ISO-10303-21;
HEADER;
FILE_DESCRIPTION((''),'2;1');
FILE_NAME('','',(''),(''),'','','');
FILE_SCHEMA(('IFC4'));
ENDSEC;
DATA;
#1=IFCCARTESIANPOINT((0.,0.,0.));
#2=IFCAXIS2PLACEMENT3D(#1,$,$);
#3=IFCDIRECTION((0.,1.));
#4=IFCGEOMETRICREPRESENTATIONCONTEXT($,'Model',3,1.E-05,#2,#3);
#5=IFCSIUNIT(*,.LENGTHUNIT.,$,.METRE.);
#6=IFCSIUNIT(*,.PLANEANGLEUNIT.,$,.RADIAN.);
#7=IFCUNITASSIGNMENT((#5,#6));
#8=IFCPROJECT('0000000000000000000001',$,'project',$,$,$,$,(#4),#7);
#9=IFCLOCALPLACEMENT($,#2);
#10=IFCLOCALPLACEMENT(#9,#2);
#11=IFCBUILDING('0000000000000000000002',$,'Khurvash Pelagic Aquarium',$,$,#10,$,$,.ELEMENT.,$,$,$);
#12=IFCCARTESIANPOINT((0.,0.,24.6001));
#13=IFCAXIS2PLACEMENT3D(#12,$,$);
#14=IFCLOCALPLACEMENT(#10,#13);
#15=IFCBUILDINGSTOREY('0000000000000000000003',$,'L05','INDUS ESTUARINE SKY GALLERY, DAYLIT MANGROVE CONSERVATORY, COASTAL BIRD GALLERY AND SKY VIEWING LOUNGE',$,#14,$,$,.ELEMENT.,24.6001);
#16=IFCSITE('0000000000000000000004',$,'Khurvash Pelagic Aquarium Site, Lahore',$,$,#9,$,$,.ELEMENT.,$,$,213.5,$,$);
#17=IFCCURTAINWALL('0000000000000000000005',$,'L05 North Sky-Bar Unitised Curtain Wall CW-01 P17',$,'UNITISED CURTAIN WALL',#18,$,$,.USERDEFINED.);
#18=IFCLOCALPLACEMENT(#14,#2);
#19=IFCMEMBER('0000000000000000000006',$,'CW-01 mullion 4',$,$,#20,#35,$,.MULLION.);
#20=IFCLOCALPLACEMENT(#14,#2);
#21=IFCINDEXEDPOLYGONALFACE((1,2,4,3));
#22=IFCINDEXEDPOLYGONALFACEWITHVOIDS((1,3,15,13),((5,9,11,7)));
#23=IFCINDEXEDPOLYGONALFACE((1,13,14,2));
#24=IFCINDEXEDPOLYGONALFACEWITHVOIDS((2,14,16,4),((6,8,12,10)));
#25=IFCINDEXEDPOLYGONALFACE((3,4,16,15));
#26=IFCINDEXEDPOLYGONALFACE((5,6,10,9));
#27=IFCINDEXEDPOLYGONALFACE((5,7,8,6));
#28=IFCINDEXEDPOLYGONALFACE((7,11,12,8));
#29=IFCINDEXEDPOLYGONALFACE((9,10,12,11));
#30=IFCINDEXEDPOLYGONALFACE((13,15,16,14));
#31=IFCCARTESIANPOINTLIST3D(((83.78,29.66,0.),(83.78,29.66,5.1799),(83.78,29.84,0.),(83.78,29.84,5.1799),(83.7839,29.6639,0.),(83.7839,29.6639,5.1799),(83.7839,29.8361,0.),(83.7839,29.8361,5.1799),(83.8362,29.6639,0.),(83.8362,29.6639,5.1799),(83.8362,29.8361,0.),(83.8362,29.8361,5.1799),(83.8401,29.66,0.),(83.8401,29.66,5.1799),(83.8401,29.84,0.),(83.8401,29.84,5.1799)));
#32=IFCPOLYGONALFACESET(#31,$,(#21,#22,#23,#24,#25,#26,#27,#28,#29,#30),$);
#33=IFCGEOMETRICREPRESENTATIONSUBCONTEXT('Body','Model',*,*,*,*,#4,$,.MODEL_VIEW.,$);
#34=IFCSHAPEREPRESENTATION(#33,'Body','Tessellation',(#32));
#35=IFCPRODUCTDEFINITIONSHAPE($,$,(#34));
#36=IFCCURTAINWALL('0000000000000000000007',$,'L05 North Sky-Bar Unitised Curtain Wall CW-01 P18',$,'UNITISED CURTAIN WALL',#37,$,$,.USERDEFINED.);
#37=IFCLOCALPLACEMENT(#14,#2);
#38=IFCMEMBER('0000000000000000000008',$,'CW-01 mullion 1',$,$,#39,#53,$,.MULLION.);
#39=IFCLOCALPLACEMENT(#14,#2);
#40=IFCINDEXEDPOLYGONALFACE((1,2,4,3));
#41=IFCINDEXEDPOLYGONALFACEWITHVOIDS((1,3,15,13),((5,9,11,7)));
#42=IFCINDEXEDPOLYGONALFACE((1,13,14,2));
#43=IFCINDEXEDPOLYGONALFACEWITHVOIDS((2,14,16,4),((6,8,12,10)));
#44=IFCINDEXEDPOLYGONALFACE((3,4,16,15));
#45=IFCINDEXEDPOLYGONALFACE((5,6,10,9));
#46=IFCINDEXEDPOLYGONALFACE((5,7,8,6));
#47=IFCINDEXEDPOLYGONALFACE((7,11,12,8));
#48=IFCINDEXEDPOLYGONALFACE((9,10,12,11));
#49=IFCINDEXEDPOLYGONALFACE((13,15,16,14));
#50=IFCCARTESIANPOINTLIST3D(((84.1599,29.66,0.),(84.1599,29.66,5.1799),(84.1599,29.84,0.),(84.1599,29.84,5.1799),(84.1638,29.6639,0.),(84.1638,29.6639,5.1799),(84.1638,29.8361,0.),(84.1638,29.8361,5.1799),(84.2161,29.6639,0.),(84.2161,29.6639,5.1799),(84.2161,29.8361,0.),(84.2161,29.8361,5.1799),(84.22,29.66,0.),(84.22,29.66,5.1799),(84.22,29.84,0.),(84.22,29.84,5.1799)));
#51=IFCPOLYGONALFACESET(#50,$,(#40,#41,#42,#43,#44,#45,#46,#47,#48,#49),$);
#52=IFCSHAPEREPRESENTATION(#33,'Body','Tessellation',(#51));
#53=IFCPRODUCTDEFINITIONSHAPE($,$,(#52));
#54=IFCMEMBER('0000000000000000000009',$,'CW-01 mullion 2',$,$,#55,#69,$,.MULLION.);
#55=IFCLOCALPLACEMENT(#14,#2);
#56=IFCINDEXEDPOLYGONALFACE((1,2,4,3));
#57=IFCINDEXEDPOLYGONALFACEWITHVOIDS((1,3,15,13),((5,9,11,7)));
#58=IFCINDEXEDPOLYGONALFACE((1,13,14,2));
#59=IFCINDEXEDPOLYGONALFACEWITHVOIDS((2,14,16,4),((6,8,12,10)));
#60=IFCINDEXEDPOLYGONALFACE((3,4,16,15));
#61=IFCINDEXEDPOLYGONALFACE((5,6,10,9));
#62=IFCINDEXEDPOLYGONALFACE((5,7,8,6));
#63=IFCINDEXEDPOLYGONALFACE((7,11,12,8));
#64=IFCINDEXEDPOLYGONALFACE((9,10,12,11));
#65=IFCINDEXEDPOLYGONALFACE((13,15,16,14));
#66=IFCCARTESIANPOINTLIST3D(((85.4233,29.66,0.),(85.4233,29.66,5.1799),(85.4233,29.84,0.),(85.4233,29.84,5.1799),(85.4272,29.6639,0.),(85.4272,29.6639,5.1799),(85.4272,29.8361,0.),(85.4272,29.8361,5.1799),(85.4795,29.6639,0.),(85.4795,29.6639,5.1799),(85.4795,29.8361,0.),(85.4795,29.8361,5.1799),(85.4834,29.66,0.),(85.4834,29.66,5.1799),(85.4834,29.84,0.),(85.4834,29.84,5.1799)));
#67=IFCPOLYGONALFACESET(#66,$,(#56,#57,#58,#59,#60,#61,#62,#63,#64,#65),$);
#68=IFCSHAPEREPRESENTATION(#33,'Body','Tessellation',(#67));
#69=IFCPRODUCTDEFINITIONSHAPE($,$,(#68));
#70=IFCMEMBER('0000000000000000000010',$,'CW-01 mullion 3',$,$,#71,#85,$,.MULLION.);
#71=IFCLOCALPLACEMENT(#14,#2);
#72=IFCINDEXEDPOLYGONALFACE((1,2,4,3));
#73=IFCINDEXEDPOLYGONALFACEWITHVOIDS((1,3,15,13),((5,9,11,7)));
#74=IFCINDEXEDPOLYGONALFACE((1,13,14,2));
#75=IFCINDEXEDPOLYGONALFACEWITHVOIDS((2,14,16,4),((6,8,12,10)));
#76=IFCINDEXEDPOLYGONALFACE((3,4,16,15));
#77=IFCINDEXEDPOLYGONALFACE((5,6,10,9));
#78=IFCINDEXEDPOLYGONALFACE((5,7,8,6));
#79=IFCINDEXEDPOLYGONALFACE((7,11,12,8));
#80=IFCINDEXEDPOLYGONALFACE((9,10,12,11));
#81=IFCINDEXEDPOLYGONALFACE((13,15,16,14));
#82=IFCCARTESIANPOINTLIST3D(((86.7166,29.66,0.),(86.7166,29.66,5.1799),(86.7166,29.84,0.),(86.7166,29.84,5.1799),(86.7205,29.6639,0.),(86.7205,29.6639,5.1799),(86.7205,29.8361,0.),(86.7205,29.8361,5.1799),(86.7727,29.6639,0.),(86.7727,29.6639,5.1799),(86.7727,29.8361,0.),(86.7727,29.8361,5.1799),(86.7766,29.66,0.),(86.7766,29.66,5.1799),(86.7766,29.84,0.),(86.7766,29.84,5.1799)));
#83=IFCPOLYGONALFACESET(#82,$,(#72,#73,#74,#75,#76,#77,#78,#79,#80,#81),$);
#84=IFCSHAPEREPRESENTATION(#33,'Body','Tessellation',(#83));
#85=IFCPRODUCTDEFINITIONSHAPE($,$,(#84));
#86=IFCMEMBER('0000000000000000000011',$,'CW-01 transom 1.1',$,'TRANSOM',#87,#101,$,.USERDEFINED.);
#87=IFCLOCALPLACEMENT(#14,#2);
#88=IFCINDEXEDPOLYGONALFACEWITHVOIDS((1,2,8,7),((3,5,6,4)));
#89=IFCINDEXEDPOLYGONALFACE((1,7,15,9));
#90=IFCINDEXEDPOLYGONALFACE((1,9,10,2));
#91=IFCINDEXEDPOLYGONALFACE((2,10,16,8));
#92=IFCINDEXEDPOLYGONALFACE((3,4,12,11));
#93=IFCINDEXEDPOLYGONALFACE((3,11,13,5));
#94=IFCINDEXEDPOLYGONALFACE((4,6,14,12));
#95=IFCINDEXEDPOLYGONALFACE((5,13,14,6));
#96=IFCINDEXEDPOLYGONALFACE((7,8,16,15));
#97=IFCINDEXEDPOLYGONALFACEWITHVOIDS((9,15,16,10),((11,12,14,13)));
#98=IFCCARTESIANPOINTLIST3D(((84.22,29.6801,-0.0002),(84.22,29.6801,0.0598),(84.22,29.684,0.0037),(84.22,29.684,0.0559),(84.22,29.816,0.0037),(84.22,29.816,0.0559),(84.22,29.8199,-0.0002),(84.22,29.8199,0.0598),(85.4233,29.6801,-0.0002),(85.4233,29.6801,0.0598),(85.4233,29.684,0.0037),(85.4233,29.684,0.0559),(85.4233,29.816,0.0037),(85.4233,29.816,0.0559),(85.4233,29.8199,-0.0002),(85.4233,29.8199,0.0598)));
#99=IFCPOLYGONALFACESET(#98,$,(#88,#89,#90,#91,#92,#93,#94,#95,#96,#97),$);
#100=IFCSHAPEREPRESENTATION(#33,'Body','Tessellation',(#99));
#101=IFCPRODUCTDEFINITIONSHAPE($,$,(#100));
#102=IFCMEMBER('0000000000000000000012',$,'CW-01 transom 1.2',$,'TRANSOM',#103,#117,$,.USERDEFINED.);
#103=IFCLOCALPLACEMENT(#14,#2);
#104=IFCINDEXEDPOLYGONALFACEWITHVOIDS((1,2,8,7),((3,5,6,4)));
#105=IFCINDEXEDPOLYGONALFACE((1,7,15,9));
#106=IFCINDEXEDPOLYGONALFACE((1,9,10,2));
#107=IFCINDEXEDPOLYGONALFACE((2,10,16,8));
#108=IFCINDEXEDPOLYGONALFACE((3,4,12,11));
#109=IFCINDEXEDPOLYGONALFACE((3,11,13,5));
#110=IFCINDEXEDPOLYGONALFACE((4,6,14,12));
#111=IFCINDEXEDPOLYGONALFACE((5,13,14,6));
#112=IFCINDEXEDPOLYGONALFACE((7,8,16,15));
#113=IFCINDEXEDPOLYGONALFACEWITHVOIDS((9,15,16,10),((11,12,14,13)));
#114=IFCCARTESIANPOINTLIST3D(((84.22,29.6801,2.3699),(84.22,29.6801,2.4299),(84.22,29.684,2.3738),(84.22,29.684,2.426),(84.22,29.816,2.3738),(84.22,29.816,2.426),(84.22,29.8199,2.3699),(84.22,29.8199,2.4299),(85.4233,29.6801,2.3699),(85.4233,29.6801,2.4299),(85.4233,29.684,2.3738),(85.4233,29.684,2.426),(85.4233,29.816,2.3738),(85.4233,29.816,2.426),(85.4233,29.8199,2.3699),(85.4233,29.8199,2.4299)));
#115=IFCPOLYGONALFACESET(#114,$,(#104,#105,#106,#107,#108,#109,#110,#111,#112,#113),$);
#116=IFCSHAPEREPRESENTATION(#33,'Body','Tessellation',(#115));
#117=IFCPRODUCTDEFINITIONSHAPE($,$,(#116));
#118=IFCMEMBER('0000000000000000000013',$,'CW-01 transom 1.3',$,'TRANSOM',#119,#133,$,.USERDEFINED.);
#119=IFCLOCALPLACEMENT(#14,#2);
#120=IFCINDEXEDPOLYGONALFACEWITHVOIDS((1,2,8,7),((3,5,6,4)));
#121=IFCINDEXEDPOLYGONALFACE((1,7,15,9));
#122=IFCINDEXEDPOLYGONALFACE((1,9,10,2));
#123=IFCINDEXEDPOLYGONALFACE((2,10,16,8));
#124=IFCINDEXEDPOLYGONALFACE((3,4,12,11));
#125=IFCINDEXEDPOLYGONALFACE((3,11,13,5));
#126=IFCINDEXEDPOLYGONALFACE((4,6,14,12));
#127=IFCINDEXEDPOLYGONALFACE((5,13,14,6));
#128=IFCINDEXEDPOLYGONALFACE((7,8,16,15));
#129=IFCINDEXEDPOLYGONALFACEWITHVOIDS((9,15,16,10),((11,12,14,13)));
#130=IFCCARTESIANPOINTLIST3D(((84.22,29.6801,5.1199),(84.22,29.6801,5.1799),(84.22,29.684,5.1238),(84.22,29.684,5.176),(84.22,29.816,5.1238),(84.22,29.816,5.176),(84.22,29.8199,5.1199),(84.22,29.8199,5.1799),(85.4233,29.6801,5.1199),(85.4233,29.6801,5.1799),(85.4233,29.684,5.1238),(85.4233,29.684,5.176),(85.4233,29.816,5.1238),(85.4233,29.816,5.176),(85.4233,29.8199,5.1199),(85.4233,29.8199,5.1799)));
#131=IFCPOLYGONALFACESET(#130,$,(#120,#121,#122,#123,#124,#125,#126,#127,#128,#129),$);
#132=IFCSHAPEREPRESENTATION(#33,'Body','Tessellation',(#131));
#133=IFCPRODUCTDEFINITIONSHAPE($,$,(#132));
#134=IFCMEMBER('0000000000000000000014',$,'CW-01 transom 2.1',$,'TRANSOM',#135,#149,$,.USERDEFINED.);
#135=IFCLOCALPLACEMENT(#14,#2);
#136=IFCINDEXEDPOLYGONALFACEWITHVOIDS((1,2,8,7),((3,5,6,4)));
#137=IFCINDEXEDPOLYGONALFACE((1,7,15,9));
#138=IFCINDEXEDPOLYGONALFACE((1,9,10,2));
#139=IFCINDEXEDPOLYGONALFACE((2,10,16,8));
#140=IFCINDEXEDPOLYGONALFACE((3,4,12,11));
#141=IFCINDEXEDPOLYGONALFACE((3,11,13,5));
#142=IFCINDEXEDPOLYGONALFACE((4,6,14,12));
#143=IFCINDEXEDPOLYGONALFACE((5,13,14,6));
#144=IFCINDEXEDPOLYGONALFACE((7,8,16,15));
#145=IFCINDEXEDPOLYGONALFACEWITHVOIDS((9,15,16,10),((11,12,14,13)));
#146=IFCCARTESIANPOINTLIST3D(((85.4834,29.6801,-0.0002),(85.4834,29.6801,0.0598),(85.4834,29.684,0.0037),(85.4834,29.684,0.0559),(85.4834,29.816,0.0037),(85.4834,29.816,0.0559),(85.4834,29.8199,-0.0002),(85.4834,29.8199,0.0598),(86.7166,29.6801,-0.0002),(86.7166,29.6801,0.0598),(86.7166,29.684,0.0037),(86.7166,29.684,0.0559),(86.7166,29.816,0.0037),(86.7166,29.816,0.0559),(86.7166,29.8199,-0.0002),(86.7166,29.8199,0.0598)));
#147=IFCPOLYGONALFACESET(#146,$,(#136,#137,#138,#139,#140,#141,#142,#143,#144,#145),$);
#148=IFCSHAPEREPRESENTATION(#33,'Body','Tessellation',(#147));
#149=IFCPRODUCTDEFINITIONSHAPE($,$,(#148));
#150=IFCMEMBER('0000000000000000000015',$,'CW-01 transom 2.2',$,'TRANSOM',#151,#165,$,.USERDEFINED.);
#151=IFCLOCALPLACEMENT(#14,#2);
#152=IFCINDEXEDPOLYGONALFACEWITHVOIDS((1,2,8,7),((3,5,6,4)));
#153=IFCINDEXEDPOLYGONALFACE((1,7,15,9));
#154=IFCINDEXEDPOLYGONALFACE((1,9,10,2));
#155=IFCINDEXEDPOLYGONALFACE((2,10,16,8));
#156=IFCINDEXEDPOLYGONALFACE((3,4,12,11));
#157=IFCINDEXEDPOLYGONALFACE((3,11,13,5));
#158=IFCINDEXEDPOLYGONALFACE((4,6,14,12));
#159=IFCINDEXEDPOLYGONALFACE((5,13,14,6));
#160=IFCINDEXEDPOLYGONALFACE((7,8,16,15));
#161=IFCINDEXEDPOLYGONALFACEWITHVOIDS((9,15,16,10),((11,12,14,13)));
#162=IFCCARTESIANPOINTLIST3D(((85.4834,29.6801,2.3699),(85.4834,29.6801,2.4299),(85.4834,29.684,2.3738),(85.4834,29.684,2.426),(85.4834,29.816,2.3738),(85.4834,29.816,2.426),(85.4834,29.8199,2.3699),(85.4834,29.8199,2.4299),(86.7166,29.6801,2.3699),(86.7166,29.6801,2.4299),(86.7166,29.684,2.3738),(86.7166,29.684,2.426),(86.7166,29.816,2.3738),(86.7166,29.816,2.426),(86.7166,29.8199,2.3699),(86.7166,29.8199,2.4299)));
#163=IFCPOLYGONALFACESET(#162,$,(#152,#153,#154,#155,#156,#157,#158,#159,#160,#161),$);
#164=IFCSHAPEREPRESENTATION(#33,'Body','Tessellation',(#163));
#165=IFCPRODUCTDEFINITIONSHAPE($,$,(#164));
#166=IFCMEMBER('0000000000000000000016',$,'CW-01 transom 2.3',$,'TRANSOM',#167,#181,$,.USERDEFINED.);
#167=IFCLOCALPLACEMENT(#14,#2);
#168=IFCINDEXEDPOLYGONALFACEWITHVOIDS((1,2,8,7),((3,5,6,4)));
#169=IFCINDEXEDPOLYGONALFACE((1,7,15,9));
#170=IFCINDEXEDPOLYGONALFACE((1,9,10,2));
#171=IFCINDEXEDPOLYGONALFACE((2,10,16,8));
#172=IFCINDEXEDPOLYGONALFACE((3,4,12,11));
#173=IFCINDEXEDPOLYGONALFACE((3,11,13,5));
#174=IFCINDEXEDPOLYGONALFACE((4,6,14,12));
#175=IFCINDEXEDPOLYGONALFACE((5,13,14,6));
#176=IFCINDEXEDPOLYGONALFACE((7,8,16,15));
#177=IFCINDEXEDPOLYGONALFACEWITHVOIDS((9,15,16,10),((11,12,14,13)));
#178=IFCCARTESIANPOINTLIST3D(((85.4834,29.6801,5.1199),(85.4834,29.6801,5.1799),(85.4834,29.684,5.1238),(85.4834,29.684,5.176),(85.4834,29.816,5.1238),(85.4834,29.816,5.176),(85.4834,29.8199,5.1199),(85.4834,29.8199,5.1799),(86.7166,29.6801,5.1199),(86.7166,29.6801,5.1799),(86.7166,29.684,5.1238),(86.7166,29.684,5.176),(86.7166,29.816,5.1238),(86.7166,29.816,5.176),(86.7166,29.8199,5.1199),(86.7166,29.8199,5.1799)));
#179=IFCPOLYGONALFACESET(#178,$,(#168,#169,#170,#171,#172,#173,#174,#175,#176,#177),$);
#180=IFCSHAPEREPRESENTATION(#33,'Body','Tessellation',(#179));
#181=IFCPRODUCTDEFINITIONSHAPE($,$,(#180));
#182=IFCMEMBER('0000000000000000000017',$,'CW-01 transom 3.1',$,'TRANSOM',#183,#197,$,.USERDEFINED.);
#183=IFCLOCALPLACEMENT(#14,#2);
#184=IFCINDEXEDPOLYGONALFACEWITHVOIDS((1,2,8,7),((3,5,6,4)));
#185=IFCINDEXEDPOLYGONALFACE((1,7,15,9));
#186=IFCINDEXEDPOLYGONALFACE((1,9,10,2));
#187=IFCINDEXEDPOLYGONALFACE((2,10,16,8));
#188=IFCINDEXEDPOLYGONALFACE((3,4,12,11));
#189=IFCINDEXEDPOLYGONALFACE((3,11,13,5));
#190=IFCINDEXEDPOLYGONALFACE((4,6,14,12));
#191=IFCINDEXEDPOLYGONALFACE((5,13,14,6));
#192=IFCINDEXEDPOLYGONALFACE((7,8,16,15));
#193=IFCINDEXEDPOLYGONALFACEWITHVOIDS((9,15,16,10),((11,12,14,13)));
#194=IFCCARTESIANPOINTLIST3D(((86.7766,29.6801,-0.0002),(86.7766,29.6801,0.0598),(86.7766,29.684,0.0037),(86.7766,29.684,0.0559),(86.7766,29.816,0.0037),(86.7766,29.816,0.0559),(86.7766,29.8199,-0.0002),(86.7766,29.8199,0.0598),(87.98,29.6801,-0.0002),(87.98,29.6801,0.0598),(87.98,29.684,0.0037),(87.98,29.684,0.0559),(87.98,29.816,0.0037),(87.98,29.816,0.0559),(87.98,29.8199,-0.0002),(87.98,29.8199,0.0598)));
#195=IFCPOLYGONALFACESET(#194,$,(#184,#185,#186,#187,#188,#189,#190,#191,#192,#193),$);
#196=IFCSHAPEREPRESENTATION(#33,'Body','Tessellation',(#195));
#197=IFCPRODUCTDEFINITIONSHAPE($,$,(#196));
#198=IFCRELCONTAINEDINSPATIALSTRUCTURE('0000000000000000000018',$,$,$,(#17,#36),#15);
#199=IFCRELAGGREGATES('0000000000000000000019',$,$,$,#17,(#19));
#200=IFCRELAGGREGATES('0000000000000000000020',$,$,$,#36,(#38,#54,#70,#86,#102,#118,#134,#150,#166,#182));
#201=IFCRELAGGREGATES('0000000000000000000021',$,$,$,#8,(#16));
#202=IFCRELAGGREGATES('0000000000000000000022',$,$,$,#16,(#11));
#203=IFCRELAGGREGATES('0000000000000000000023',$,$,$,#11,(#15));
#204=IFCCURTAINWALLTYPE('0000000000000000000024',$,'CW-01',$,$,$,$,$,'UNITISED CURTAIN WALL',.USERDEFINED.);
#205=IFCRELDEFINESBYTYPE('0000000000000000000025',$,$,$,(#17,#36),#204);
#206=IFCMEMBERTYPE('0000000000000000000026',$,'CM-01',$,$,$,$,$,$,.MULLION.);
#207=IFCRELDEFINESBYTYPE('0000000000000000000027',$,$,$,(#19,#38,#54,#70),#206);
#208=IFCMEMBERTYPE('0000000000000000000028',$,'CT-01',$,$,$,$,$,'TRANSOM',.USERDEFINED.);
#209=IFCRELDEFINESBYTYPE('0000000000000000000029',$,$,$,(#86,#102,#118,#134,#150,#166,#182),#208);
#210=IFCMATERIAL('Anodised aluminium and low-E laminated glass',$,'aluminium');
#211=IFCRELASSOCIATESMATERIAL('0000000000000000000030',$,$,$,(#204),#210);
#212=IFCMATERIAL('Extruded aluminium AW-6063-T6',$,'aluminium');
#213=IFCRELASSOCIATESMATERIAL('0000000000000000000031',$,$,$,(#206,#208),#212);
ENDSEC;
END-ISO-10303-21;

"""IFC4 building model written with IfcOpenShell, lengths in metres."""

from ifc_helpers import new_model, si_unit, direction, frame, origin, origin_2d, place, context, subcontext, project, spatial, hollow_rectangle, extrude, material, material_profile, profile_set, type_object, element, aggregate, save


model = new_model("IFC4")

# Units and contexts
model_context = context("Model", 3, precision=1e-05, world=origin(), true_north=direction((0.0, 1.0)))
body_context = subcontext(model_context, "Body", "Model", "MODEL_VIEW")
ifc_project = project(units=[si_unit("LENGTHUNIT", "METRE"), si_unit("PLANEANGLEUNIT", "RADIAN")], contexts=[model_context])

# Site, building, storey
site_placement = place(None, origin())
site = spatial("IfcSite", under=ifc_project, at=site_placement, Name="Khurvash Pelagic Aquarium Site, Lahore", CompositionType="ELEMENT", RefElevation=213.5)
building_placement = place(site_placement, origin())
building = spatial("IfcBuilding", under=site, at=building_placement, Name="Khurvash Pelagic Aquarium", CompositionType="ELEMENT")
storey_placement = place(building_placement, frame((0.0, 0.0, 24.6001)))
storey = spatial("IfcBuildingStorey", under=building, at=storey_placement, Name="L05", Description="INDUS ESTUARINE SKY GALLERY, DAYLIT MANGROVE CONSERVATORY, COASTAL BIRD GALLERY AND SKY VIEWING LOUNGE", CompositionType="ELEMENT", Elevation=24.6001)

# Curtain wall, member
ifc_material_1 = material(Name="Anodised aluminium and low-E laminated glass", Category="aluminium")
curtain_wall_type = type_object("IfcCurtainWallType", Name="CW-01", ElementType="UNITISED CURTAIN WALL", PredefinedType="USERDEFINED", material=ifc_material_1)
curtain_wall_1_placement = place(storey_placement, origin())
curtain_wall_1 = element("IfcCurtainWall", 1, at=curtain_wall_1_placement, inside=storey, type_object=curtain_wall_type, Name="L05 North Sky-Bar Unitised Curtain Wall CW-01 P17", ObjectType="UNITISED CURTAIN WALL", PredefinedType="USERDEFINED")
ifc_material_2 = material(Name="Extruded aluminium AW-6063-T6", Category="aluminium")
ifc_material_profile_1 = material_profile(ifc_material_2, hollow_rectangle(XDim=0.0601, YDim=0.1799, WallThickness=0.0039, at=origin_2d()), Name="CWM60X180X4")
ifc_profile_set_1 = profile_set([ifc_material_profile_1], Name="Extruded aluminium AW-6063-T6")
member_type_1 = type_object("IfcMemberType", Name="CM-01", PredefinedType="MULLION", material=ifc_profile_set_1)
member_1_placement = place(storey_placement, frame((83.8101, 29.75, 0.0), z_axis=(0.0, 0.0, 1.0), x_axis=(1.0, 0.0, 0.0)))
member_1 = element("IfcMember", 2, at=member_1_placement, type_object=member_type_1, Name="CW-01 mullion 4", PredefinedType="MULLION", context=body_context, shape_type="SweptSolid", body=[
    extrude(hollow_rectangle(XDim=0.0601, YDim=0.1799, WallThickness=0.0039, at=origin_2d()), origin(), (0.0, 0.0, 1.0), 5.1799),
])

# Curtain wall, members
curtain_wall_2_placement = place(storey_placement, origin())
curtain_wall_2 = element("IfcCurtainWall", 3, at=curtain_wall_2_placement, inside=storey, type_object=curtain_wall_type, Name="L05 North Sky-Bar Unitised Curtain Wall CW-01 P18", ObjectType="UNITISED CURTAIN WALL", PredefinedType="USERDEFINED")
member_2_placement = place(storey_placement, frame((84.1899, 29.75, 0.0), z_axis=(0.0, 0.0, 1.0), x_axis=(1.0, 0.0, 0.0)))
member_2 = element("IfcMember", 4, at=member_2_placement, type_object=member_type_1, Name="CW-01 mullion 1", PredefinedType="MULLION", context=body_context, shape_type="SweptSolid", body=[
    extrude(hollow_rectangle(XDim=0.0601, YDim=0.1799, WallThickness=0.0039, at=origin_2d()), origin(), (0.0, 0.0, 1.0), 5.1799),
])
member_3_placement = place(storey_placement, frame((85.4534, 29.75, 0.0), z_axis=(0.0, 0.0, 1.0), x_axis=(1.0, 0.0, 0.0)))
member_3 = element("IfcMember", 5, at=member_3_placement, type_object=member_type_1, Name="CW-01 mullion 2", PredefinedType="MULLION", context=body_context, shape_type="SweptSolid", body=[
    extrude(hollow_rectangle(XDim=0.0601, YDim=0.1799, WallThickness=0.0039, at=origin_2d()), origin(), (0.0, 0.0, 1.0), 5.1799),
])
member_4_placement = place(storey_placement, frame((86.7466, 29.75, 0.0), z_axis=(0.0, 0.0, 1.0), x_axis=(1.0, 0.0, 0.0)))
member_4 = element("IfcMember", 6, at=member_4_placement, type_object=member_type_1, Name="CW-01 mullion 3", PredefinedType="MULLION", context=body_context, shape_type="SweptSolid", body=[
    extrude(hollow_rectangle(XDim=0.0601, YDim=0.1799, WallThickness=0.0039, at=origin_2d()), origin(), (0.0, 0.0, 1.0), 5.1799),
])
ifc_material_profile_2 = material_profile(ifc_material_2, hollow_rectangle(XDim=0.1399, YDim=0.0601, WallThickness=0.0039, at=origin_2d()), Name="CWT140X60X4")
ifc_profile_set_2 = profile_set([ifc_material_profile_2], Name="Extruded aluminium AW-6063-T6")
member_type_2 = type_object("IfcMemberType", Name="CT-01", ElementType="TRANSOM", PredefinedType="USERDEFINED", material=ifc_profile_set_2)
member_5_placement = place(storey_placement, frame((84.22, 29.75, 0.0298), z_axis=(1.0, 0.0, 0.0), x_axis=(0.0, 1.0, 0.0)))
member_5 = element("IfcMember", 7, at=member_5_placement, type_object=member_type_2, Name="CW-01 transom 1.1", ObjectType="TRANSOM", PredefinedType="USERDEFINED", context=body_context, shape_type="SweptSolid", body=[
    extrude(hollow_rectangle(XDim=0.1399, YDim=0.0601, WallThickness=0.0039, at=origin_2d()), origin(), (0.0, 0.0, 1.0), 1.2034),
])
member_6_placement = place(storey_placement, frame((84.22, 29.75, 2.3999), z_axis=(1.0, 0.0, 0.0), x_axis=(0.0, 1.0, 0.0)))
member_6 = element("IfcMember", 8, at=member_6_placement, type_object=member_type_2, Name="CW-01 transom 1.2", ObjectType="TRANSOM", PredefinedType="USERDEFINED", context=body_context, shape_type="SweptSolid", body=[
    extrude(hollow_rectangle(XDim=0.1399, YDim=0.0601, WallThickness=0.0039, at=origin_2d()), origin(), (0.0, 0.0, 1.0), 1.2034),
])
member_7_placement = place(storey_placement, frame((84.22, 29.75, 5.1499), z_axis=(1.0, 0.0, 0.0), x_axis=(0.0, 1.0, 0.0)))
member_7 = element("IfcMember", 9, at=member_7_placement, type_object=member_type_2, Name="CW-01 transom 1.3", ObjectType="TRANSOM", PredefinedType="USERDEFINED", context=body_context, shape_type="SweptSolid", body=[
    extrude(hollow_rectangle(XDim=0.1399, YDim=0.0601, WallThickness=0.0039, at=origin_2d()), origin(), (0.0, 0.0, 1.0), 1.2034),
])
member_8_placement = place(storey_placement, frame((85.4834, 29.75, 0.0298), z_axis=(1.0, 0.0, 0.0), x_axis=(0.0, 1.0, 0.0)))
member_8 = element("IfcMember", 10, at=member_8_placement, type_object=member_type_2, Name="CW-01 transom 2.1", ObjectType="TRANSOM", PredefinedType="USERDEFINED", context=body_context, shape_type="SweptSolid", body=[
    extrude(hollow_rectangle(XDim=0.1399, YDim=0.0601, WallThickness=0.0039, at=origin_2d()), origin(), (0.0, 0.0, 1.0), 1.2332),
])
member_9_placement = place(storey_placement, frame((85.4834, 29.75, 2.3999), z_axis=(1.0, 0.0, 0.0), x_axis=(0.0, 1.0, 0.0)))
member_9 = element("IfcMember", 11, at=member_9_placement, type_object=member_type_2, Name="CW-01 transom 2.2", ObjectType="TRANSOM", PredefinedType="USERDEFINED", context=body_context, shape_type="SweptSolid", body=[
    extrude(hollow_rectangle(XDim=0.1399, YDim=0.0601, WallThickness=0.0039, at=origin_2d()), origin(), (0.0, 0.0, 1.0), 1.2332),
])
member_10_placement = place(storey_placement, frame((85.4834, 29.75, 5.1499), z_axis=(1.0, 0.0, 0.0), x_axis=(0.0, 1.0, 0.0)))
member_10 = element("IfcMember", 12, at=member_10_placement, type_object=member_type_2, Name="CW-01 transom 2.3", ObjectType="TRANSOM", PredefinedType="USERDEFINED", context=body_context, shape_type="SweptSolid", body=[
    extrude(hollow_rectangle(XDim=0.1399, YDim=0.0601, WallThickness=0.0039, at=origin_2d()), origin(), (0.0, 0.0, 1.0), 1.2332),
])
member_11_placement = place(storey_placement, frame((86.7766, 29.75, 0.0298), z_axis=(1.0, 0.0, 0.0), x_axis=(0.0, 1.0, 0.0)))
member_11 = element("IfcMember", 13, at=member_11_placement, type_object=member_type_2, Name="CW-01 transom 3.1", ObjectType="TRANSOM", PredefinedType="USERDEFINED", context=body_context, shape_type="SweptSolid", body=[
    extrude(hollow_rectangle(XDim=0.1399, YDim=0.0601, WallThickness=0.0039, at=origin_2d()), origin(), (0.0, 0.0, 1.0), 1.2034),
])

aggregate(curtain_wall_1, [member_1])
aggregate(curtain_wall_2, [member_2, member_3, member_4, member_5, member_6, member_7, member_8, member_9, member_10, member_11])

save(model, "model.ifc")
